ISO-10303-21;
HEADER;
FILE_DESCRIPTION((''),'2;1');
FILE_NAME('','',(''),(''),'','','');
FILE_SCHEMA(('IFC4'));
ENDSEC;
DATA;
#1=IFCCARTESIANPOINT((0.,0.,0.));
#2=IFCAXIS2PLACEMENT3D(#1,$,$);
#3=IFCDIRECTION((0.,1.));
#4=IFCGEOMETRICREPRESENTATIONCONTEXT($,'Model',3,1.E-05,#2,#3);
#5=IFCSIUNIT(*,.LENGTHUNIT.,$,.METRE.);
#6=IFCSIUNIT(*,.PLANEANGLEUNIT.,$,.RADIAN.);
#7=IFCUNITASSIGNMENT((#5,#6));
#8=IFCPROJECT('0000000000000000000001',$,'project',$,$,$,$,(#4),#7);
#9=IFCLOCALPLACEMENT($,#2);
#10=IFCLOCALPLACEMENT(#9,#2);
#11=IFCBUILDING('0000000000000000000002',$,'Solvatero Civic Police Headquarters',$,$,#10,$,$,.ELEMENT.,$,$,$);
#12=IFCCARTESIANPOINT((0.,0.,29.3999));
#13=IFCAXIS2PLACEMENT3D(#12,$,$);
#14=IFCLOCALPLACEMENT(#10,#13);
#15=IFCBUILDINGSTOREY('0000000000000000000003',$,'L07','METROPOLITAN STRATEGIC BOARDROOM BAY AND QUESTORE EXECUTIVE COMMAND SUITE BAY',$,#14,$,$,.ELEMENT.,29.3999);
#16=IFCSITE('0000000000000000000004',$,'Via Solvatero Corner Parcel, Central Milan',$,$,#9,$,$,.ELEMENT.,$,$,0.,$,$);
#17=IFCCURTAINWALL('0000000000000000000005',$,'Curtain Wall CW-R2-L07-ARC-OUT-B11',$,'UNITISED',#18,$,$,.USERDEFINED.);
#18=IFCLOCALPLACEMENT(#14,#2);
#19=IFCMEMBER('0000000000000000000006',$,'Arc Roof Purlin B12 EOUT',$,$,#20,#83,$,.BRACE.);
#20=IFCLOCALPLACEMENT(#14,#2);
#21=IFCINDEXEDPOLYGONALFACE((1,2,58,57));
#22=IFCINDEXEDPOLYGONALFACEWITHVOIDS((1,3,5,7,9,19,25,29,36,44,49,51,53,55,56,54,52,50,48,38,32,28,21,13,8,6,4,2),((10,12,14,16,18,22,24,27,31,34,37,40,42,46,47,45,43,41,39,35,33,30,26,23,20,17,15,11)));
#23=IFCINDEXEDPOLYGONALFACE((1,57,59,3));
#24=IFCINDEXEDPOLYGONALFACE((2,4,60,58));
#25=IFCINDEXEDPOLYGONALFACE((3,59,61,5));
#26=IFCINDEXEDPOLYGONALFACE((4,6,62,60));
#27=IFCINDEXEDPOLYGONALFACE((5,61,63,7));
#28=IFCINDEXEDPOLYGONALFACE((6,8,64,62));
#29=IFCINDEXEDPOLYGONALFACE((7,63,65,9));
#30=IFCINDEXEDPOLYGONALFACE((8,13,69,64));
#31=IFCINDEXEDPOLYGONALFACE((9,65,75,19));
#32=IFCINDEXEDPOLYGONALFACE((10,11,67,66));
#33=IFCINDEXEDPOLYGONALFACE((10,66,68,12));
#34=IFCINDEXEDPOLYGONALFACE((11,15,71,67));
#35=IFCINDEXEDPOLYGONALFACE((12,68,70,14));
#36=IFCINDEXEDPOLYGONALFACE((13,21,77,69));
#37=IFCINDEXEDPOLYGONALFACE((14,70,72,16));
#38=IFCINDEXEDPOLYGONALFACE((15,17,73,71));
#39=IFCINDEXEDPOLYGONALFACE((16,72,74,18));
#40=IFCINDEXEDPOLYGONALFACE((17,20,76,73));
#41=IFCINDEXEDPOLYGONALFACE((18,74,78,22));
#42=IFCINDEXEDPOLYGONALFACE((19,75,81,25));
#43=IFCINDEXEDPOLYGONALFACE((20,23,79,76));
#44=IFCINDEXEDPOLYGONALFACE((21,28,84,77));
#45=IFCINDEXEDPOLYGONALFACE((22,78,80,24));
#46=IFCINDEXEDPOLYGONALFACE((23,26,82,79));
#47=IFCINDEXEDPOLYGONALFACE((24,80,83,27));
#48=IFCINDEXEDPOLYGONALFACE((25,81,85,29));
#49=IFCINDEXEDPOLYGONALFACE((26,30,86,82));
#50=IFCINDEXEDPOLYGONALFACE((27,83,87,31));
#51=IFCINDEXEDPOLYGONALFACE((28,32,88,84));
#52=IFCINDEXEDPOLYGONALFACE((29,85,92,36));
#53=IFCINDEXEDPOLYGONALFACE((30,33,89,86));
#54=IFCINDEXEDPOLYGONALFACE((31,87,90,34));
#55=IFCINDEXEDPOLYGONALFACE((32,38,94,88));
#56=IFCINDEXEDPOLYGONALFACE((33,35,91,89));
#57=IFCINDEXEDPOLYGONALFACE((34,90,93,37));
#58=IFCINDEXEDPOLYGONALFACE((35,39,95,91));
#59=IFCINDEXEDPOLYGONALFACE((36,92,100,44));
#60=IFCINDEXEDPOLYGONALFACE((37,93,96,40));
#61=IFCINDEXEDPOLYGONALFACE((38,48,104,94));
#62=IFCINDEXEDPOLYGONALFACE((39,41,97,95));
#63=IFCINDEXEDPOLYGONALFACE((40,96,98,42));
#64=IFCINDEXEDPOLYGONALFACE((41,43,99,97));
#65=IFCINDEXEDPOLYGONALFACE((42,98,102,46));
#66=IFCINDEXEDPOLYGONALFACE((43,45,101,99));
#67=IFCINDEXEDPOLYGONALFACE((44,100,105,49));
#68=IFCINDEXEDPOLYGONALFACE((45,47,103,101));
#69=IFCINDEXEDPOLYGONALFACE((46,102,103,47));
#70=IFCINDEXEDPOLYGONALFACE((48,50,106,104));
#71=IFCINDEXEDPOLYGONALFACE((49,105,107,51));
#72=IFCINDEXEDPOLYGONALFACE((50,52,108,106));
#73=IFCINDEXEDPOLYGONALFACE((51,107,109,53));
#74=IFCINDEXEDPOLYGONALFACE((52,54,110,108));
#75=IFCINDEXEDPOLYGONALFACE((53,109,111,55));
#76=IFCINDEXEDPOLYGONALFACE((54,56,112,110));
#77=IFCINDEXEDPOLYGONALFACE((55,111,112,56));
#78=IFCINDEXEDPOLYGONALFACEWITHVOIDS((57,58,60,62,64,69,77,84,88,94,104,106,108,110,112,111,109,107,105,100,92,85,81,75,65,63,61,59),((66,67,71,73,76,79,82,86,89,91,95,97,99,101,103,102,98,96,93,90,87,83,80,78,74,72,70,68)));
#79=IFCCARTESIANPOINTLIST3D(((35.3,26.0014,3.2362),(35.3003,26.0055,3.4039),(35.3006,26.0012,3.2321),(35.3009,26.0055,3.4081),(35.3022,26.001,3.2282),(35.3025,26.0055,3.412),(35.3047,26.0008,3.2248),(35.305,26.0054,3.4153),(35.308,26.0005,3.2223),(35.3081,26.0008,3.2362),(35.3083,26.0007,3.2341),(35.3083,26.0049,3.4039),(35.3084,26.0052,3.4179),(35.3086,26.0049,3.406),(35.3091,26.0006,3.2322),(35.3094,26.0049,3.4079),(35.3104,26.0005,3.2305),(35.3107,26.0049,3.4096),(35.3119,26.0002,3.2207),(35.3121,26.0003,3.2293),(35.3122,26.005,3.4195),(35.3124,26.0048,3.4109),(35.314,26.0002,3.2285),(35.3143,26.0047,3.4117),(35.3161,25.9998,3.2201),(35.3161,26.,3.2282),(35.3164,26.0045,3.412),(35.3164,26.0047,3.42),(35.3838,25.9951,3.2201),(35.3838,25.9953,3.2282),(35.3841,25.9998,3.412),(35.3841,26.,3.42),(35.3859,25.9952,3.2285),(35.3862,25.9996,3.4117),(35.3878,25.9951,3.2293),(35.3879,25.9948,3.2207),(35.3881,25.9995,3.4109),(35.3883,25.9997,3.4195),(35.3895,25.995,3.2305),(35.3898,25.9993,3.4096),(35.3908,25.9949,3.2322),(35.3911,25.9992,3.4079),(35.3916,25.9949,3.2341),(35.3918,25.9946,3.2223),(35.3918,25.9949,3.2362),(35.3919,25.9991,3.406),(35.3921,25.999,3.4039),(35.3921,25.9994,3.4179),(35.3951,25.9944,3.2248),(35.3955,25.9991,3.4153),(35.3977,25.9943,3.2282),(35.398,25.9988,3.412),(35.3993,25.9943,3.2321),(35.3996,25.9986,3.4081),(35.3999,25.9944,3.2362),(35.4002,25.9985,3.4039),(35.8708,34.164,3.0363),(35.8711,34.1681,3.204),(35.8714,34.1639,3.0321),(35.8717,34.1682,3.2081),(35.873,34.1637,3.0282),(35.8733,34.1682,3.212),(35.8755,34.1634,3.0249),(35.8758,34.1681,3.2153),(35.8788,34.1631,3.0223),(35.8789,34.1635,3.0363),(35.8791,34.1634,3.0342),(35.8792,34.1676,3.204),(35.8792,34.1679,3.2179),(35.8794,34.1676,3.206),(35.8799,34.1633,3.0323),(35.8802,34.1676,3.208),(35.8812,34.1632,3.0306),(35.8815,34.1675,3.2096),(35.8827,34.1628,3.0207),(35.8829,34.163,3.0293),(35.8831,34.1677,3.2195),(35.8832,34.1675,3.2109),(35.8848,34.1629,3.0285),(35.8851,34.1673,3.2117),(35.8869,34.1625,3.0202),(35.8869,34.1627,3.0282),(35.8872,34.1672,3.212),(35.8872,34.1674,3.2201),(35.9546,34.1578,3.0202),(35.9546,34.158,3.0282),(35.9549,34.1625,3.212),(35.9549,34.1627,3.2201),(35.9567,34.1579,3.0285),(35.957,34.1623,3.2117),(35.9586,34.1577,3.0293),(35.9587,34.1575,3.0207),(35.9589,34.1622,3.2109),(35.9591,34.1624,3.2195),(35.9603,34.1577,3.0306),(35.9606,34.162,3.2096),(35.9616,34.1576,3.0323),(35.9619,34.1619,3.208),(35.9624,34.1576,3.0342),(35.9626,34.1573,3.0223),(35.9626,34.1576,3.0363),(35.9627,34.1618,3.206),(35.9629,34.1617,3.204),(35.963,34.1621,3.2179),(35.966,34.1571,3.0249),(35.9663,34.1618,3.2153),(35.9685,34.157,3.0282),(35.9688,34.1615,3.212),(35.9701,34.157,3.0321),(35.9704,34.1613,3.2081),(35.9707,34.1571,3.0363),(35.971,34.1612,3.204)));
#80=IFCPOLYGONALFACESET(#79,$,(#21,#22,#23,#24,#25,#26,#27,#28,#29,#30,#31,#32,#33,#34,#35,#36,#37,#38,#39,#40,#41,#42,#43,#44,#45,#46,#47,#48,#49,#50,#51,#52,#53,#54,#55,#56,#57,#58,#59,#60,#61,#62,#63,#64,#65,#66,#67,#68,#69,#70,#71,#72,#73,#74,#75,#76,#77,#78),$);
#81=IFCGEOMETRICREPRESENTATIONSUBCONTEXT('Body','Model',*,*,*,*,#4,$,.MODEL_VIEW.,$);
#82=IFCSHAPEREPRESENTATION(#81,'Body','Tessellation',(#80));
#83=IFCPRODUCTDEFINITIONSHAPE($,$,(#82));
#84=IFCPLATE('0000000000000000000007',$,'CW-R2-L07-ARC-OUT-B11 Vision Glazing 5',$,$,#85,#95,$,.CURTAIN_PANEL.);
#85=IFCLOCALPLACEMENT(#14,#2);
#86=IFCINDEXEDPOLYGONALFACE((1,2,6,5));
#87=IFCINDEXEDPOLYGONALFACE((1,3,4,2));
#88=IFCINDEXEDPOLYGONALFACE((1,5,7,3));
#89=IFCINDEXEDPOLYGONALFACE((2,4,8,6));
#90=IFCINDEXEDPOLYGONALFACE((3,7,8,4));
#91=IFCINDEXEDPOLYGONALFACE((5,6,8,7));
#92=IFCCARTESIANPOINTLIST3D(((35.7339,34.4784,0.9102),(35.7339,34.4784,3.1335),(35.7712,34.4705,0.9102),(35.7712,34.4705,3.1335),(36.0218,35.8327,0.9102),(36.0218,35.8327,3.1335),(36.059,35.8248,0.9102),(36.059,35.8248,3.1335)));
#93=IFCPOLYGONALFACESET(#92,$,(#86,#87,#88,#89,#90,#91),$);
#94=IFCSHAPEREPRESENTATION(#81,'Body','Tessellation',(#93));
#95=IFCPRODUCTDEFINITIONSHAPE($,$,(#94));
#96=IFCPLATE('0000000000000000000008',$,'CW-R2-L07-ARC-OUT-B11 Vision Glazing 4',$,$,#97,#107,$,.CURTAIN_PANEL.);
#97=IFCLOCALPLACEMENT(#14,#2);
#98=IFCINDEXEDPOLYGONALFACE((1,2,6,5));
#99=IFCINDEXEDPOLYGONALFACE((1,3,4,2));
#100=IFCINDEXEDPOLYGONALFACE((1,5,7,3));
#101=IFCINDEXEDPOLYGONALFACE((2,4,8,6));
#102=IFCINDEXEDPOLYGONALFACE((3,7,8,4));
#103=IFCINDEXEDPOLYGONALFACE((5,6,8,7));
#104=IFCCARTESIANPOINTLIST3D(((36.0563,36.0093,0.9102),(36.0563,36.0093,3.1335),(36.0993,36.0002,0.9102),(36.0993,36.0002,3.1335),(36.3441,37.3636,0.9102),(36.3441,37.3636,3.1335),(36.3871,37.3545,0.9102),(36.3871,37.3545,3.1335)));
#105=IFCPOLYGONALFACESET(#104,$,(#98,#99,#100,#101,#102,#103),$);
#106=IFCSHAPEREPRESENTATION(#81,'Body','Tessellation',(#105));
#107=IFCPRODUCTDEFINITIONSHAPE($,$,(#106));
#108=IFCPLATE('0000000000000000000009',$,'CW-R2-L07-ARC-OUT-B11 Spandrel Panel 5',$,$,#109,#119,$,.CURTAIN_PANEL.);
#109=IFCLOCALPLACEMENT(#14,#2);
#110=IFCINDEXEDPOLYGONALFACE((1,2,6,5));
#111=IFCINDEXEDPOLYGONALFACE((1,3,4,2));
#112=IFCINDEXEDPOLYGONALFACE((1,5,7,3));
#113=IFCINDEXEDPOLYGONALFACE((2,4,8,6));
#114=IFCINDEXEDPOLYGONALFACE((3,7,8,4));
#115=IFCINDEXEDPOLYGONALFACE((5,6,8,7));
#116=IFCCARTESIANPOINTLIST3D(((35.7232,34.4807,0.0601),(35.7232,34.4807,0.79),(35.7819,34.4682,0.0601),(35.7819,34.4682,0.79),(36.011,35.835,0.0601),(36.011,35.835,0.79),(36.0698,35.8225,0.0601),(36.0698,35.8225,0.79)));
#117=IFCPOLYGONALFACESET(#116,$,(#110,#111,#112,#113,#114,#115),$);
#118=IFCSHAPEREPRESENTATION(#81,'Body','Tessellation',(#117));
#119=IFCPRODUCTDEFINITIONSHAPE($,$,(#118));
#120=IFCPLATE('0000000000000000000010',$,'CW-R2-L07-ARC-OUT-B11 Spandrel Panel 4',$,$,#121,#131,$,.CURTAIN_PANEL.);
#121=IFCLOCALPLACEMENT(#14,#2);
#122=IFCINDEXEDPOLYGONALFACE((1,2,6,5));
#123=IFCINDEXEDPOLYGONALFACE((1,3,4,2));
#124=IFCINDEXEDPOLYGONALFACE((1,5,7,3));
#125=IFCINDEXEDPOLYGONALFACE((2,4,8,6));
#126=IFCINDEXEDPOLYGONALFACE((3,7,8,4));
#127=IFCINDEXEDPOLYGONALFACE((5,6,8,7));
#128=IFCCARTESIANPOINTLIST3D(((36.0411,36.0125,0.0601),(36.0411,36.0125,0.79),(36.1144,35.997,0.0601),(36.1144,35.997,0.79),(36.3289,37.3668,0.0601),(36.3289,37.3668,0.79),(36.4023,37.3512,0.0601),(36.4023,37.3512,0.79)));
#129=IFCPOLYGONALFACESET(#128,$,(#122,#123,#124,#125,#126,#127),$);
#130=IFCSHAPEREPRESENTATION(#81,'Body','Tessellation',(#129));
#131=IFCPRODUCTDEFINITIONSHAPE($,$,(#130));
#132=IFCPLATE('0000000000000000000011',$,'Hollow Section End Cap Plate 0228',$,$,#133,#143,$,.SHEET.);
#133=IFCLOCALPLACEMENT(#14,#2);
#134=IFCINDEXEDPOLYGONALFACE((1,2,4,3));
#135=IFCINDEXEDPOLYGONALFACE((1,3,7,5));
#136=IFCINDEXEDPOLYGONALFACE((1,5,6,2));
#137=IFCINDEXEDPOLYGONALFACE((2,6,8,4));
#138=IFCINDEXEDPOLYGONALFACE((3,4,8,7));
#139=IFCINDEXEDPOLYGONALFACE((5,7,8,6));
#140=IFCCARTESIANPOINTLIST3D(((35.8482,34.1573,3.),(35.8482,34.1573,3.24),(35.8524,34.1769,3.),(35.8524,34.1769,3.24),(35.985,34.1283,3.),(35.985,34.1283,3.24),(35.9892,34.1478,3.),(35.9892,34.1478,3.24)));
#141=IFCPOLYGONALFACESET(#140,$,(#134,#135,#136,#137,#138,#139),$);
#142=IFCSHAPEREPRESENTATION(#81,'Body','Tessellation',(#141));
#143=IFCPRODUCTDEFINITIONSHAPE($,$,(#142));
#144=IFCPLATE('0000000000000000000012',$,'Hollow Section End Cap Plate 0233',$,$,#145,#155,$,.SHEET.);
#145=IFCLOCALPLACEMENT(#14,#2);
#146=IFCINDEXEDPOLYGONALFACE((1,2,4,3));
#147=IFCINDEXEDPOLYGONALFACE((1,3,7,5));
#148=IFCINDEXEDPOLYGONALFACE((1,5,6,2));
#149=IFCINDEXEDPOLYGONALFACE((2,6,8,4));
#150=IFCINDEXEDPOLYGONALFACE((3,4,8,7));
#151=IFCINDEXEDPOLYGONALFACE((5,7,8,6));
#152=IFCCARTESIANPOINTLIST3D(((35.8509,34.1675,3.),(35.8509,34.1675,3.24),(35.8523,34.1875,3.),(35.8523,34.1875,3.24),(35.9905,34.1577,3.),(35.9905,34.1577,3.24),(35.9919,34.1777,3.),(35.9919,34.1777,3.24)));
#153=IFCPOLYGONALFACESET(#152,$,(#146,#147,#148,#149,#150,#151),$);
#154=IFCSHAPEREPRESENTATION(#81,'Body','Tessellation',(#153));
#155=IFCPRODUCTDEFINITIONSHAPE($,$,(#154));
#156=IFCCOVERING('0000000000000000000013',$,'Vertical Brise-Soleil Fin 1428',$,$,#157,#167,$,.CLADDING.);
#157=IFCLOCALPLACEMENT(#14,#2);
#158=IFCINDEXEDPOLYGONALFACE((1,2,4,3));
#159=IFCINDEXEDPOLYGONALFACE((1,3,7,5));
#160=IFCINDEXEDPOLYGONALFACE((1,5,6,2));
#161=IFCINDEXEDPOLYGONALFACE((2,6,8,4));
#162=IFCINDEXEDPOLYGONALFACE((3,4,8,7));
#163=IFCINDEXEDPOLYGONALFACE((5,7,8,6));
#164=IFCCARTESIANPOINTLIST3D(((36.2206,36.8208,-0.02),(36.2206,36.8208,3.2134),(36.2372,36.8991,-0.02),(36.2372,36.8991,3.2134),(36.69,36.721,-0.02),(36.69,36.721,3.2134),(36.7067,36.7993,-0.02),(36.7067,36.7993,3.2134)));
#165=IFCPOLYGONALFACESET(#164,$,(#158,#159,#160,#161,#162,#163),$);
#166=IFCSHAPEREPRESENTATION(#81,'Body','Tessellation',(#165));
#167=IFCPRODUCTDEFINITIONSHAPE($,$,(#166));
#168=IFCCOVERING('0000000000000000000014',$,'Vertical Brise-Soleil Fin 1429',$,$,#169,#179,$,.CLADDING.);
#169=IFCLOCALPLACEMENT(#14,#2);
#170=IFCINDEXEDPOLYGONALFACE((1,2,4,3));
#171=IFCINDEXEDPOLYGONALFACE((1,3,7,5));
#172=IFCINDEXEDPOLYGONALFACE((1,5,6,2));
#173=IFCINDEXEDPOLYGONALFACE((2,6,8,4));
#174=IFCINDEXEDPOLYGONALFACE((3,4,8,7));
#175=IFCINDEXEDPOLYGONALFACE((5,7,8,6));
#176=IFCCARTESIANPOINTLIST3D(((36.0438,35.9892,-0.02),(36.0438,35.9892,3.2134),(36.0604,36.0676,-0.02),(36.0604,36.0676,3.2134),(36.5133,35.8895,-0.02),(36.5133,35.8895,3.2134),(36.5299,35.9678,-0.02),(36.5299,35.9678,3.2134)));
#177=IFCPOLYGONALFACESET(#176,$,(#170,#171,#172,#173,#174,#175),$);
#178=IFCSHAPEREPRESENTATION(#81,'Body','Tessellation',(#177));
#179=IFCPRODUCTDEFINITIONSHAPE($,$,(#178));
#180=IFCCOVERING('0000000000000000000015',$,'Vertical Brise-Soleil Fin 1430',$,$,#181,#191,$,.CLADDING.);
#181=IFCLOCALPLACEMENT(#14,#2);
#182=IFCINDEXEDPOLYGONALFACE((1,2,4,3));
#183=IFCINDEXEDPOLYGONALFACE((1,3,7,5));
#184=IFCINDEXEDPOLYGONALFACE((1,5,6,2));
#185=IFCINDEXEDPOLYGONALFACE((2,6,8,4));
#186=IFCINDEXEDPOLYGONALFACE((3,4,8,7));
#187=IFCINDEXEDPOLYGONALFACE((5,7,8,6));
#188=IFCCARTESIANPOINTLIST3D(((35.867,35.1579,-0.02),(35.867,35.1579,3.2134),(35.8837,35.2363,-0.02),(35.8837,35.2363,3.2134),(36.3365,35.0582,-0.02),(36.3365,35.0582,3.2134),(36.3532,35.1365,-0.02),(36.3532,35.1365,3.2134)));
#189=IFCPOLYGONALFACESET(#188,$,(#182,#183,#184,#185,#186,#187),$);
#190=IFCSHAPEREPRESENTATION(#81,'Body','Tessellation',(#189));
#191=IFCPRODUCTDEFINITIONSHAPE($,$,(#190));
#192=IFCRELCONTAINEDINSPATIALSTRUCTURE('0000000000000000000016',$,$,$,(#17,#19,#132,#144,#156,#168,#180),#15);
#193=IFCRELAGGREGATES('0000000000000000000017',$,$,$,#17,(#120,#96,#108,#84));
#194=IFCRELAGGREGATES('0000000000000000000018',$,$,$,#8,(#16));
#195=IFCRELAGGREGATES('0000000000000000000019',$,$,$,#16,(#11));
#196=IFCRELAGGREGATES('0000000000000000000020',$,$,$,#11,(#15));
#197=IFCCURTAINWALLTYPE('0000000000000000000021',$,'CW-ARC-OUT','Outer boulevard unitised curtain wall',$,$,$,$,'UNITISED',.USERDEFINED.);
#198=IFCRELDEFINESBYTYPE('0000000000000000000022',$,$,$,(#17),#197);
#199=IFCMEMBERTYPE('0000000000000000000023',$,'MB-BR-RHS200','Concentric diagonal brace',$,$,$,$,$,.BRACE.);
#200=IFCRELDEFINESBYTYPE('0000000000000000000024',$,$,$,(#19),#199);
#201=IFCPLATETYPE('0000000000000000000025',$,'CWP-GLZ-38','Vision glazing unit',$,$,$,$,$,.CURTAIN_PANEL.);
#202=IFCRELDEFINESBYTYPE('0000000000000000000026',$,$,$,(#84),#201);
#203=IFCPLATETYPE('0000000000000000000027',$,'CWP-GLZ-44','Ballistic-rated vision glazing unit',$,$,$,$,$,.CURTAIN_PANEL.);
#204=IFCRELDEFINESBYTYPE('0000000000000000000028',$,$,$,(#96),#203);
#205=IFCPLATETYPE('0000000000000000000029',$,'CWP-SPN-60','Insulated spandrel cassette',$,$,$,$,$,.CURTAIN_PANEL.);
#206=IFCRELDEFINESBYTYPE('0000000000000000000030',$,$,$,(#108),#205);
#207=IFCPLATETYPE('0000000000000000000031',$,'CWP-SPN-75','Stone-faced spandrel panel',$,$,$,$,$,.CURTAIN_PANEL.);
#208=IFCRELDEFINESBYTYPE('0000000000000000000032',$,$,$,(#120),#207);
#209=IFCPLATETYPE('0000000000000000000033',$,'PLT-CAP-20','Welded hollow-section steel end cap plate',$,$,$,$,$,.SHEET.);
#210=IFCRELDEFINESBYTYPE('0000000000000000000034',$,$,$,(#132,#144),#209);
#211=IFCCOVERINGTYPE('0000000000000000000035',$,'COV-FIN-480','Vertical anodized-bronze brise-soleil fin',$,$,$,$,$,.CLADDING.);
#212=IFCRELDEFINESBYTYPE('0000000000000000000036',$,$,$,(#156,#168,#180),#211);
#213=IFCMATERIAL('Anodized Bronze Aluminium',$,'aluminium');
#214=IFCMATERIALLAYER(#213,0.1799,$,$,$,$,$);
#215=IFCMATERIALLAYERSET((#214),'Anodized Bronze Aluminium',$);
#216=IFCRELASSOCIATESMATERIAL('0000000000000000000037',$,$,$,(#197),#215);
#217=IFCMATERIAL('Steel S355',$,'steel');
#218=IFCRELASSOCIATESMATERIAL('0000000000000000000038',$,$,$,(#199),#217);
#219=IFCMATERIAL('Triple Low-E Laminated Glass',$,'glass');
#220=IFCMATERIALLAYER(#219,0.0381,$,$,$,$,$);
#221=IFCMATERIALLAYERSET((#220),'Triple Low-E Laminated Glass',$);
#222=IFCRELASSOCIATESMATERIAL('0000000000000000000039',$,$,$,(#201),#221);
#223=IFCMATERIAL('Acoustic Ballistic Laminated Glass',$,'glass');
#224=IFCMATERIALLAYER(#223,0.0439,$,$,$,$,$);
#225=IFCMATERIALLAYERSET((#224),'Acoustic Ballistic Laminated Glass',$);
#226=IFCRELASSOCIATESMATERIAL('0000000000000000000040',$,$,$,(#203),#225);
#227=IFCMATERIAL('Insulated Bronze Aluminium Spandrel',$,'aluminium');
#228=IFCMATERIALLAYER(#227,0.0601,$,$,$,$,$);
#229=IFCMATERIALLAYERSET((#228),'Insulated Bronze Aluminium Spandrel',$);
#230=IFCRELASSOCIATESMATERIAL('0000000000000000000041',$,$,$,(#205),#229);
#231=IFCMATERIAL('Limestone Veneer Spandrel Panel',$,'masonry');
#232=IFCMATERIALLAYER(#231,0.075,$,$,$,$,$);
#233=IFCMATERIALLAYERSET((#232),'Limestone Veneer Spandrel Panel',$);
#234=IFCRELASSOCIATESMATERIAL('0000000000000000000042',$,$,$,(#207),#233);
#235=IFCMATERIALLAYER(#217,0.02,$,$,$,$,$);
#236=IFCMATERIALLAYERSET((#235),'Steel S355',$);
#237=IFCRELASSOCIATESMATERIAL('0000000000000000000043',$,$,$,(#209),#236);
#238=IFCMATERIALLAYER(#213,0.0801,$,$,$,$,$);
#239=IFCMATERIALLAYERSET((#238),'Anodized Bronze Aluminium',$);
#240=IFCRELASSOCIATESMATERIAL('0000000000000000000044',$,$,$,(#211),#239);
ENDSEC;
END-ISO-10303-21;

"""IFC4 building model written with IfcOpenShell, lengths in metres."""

from ifc_helpers import new_model, si_unit, direction, frame, origin, origin_2d, place, context, subcontext, project, spatial, rectangle, hollow_rectangle, extrude, material, layer, layer_set, material_profile, profile_set, type_object, element, aggregate, save


model = new_model("IFC4")

# Units and contexts
model_context = context("Model", 3, precision=1e-05, world=origin(), true_north=direction((0.0, 1.0)))
body_context = subcontext(model_context, "Body", "Model", "MODEL_VIEW")
ifc_project = project(units=[si_unit("LENGTHUNIT", "METRE"), si_unit("PLANEANGLEUNIT", "RADIAN")], contexts=[model_context])

# Site, building, storey
site_placement = place(None, origin())
site = spatial("IfcSite", under=ifc_project, at=site_placement, Name="Via Solvatero Corner Parcel, Central Milan", CompositionType="ELEMENT", RefElevation=0.0)
building_placement = place(site_placement, origin())
building = spatial("IfcBuilding", under=site, at=building_placement, Name="Solvatero Civic Police Headquarters", CompositionType="ELEMENT")
storey_placement = place(building_placement, frame((0.0, 0.0, 29.3999)))
storey = spatial("IfcBuildingStorey", under=building, at=storey_placement, Name="L07", Description="METROPOLITAN STRATEGIC BOARDROOM BAY AND QUESTORE EXECUTIVE COMMAND SUITE BAY", CompositionType="ELEMENT", Elevation=29.3999)

# Shared definitions
ifc_material_1 = material(Name="Steel S355", Category="steel")

# Shared definitions
ifc_material_2 = material(Name="Anodized Bronze Aluminium", Category="aluminium")
ifc_layer_1 = layer(ifc_material_2, 0.1799)
ifc_layer_set_1 = layer_set([ifc_layer_1], Name="Anodized Bronze Aluminium")
curtain_wall_type = type_object("IfcCurtainWallType", Name="CW-ARC-OUT", Description="Outer boulevard unitised curtain wall", ElementType="UNITISED", PredefinedType="USERDEFINED", material=ifc_layer_set_1)

# Curtain wall
curtain_wall_1_placement = place(storey_placement, origin())
curtain_wall_1 = element("IfcCurtainWall", 1, at=curtain_wall_1_placement, inside=storey, type_object=curtain_wall_type, Name="Curtain Wall CW-R2-L07-ARC-OUT-B11", ObjectType="UNITISED", PredefinedType="USERDEFINED")

# Member
ifc_material_profile_1 = material_profile(ifc_material_1, hollow_rectangle(XDim=0.1001, YDim=0.2, WallThickness=0.0081, InnerFilletRadius=0.0081, OuterFilletRadius=0.0161, at=origin_2d()), Name="RHS 200x100x8.0")
ifc_profile_set_1 = profile_set([ifc_material_profile_1], Name="Steel S355")
member_type_1 = type_object("IfcMemberType", Name="MB-BR-RHS200", Description="Concentric diagonal brace", PredefinedType="BRACE", material=ifc_profile_set_1)
member_1_placement = place(storey_placement, frame((35.9209, 34.1626, 3.1201), z_axis=(-0.069738, -0.997266, 0.024429), x_axis=(0.997564, -0.069758, 0.0)))
element("IfcMember", 2, at=member_1_placement, inside=storey, type_object=member_type_1, Name="Arc Roof Purlin B12 EOUT", PredefinedType="BRACE", context=body_context, shape_type="SweptSolid", body=[
    extrude(hollow_rectangle(XDim=0.1001, YDim=0.2, WallThickness=0.0081, InnerFilletRadius=0.0081, OuterFilletRadius=0.0161, at=origin_2d()), origin(), (0.0, 0.0, 1.0), 8.1851),
])

# Plates
ifc_material_3 = material(Name="Triple Low-E Laminated Glass", Category="glass")
ifc_layer_2 = layer(ifc_material_3, 0.0381)
ifc_layer_set_2 = layer_set([ifc_layer_2], Name="Triple Low-E Laminated Glass")
plate_type_1 = type_object("IfcPlateType", Name="CWP-GLZ-38", Description="Vision glazing unit", PredefinedType="CURTAIN_PANEL", material=ifc_layer_set_2)
plate_1_placement = place(storey_placement, frame((35.8965, 35.1516, 0.9102), z_axis=(0.0, 0.0, 1.0), x_axis=(-0.207895, -0.978151, 0.0)))
plate_1 = element("IfcPlate", 3, at=plate_1_placement, type_object=plate_type_1, Name="CW-R2-L07-ARC-OUT-B11 Vision Glazing 5", PredefinedType="CURTAIN_PANEL", context=body_context, shape_type="SweptSolid", body=[
    extrude(rectangle(XDim=1.3845, YDim=0.0381, at=origin_2d()), origin(), (0.0, 0.0, 1.0), 2.2234),
])
ifc_material_4 = material(Name="Acoustic Ballistic Laminated Glass", Category="glass")
ifc_layer_3 = layer(ifc_material_4, 0.0439)
ifc_layer_set_3 = layer_set([ifc_layer_3], Name="Acoustic Ballistic Laminated Glass")
plate_type_2 = type_object("IfcPlateType", Name="CWP-GLZ-44", Description="Ballistic-rated vision glazing unit", PredefinedType="CURTAIN_PANEL", material=ifc_layer_set_3)
plate_2_placement = place(storey_placement, frame((36.2217, 36.6819, 0.9102), z_axis=(0.0, 0.0, 1.0), x_axis=(-0.207895, -0.978151, 0.0)))
plate_2 = element("IfcPlate", 4, at=plate_2_placement, type_object=plate_type_2, Name="CW-R2-L07-ARC-OUT-B11 Vision Glazing 4", PredefinedType="CURTAIN_PANEL", context=body_context, shape_type="SweptSolid", body=[
    extrude(rectangle(XDim=1.3845, YDim=0.0439, at=origin_2d()), origin(), (0.0, 0.0, 1.0), 2.2234),
])
ifc_material_5 = material(Name="Insulated Bronze Aluminium Spandrel", Category="aluminium")
ifc_layer_4 = layer(ifc_material_5, 0.0601)
ifc_layer_set_4 = layer_set([ifc_layer_4], Name="Insulated Bronze Aluminium Spandrel")
plate_type_3 = type_object("IfcPlateType", Name="CWP-SPN-60", Description="Insulated spandrel cassette", PredefinedType="CURTAIN_PANEL", material=ifc_layer_set_4)
plate_3_placement = place(storey_placement, frame((35.8965, 35.1516, 0.0601), z_axis=(0.0, 0.0, 1.0), x_axis=(-0.207895, -0.978151, 0.0)))
plate_3 = element("IfcPlate", 5, at=plate_3_placement, type_object=plate_type_3, Name="CW-R2-L07-ARC-OUT-B11 Spandrel Panel 5", PredefinedType="CURTAIN_PANEL", context=body_context, shape_type="SweptSolid", body=[
    extrude(rectangle(XDim=1.3845, YDim=0.0601, at=origin_2d()), origin(), (0.0, 0.0, 1.0), 0.73),
])
ifc_material_6 = material(Name="Limestone Veneer Spandrel Panel", Category="masonry")
ifc_layer_5 = layer(ifc_material_6, 0.075)
ifc_layer_set_5 = layer_set([ifc_layer_5], Name="Limestone Veneer Spandrel Panel")
plate_type_4 = type_object("IfcPlateType", Name="CWP-SPN-75", Description="Stone-faced spandrel panel", PredefinedType="CURTAIN_PANEL", material=ifc_layer_set_5)
plate_4_placement = place(storey_placement, frame((36.2217, 36.6819, 0.0601), z_axis=(0.0, 0.0, 1.0), x_axis=(-0.207895, -0.978151, 0.0)))
plate_4 = element("IfcPlate", 6, at=plate_4_placement, type_object=plate_type_4, Name="CW-R2-L07-ARC-OUT-B11 Spandrel Panel 4", PredefinedType="CURTAIN_PANEL", context=body_context, shape_type="SweptSolid", body=[
    extrude(rectangle(XDim=1.3845, YDim=0.075, at=origin_2d()), origin(), (0.0, 0.0, 1.0), 0.73),
])
aggregate(curtain_wall_1, [plate_4, plate_2, plate_3, plate_1])

# Plates
ifc_layer_6 = layer(ifc_material_1, 0.02)
ifc_layer_set_6 = layer_set([ifc_layer_6], Name="Steel S355")
plate_type_5 = type_object("IfcPlateType", Name="PLT-CAP-20", Description="Welded hollow-section steel end cap plate", PredefinedType="SHEET", material=ifc_layer_set_6)
for number, where, z_axis, x_axis, name in (
    (7, (35.9187, 34.1526, 3.0), (0.0, 0.0, 1.0), (-0.207912, -0.978148, 0.0), "Hollow Section End Cap Plate 0228"),
    (8, (35.9214, 34.1726, 3.0), (0.0, 0.0, 1.0), (-0.069756, -0.997564, 0.0), "Hollow Section End Cap Plate 0233"),
):
    element("IfcPlate", number, at=place(storey_placement, frame(where, z_axis=z_axis, x_axis=x_axis)), inside=storey, type_object=plate_type_5, Name=name, PredefinedType="SHEET", context=body_context, shape_type="SweptSolid", body=[
        extrude(rectangle(XDim=0.02, YDim=0.1399, at=origin_2d()), origin(), (0.0, 0.0, 1.0), 0.24),
    ])

# Coverings
ifc_layer_7 = layer(ifc_material_2, 0.0801)
ifc_layer_set_7 = layer_set([ifc_layer_7], Name="Anodized Bronze Aluminium")
covering_type = type_object("IfcCoveringType", Name="COV-FIN-480", Description="Vertical anodized-bronze brise-soleil fin", PredefinedType="CLADDING", material=ifc_layer_set_7)
for number, where, z_axis, x_axis, name in (
    (9, (36.4636, 36.8101, -0.02), (0.0, 0.0, 1.0), (-0.207895, -0.978151, 0.0), "Vertical Brise-Soleil Fin 1428"),
    (10, (36.2869, 35.9785, -0.02), (0.0, 0.0, 1.0), (-0.207895, -0.978151, 0.0), "Vertical Brise-Soleil Fin 1429"),
    (11, (36.1101, 35.1472, -0.02), (0.0, 0.0, 1.0), (-0.207895, -0.978151, 0.0), "Vertical Brise-Soleil Fin 1430"),
):
    element("IfcCovering", number, at=place(storey_placement, frame(where, z_axis=z_axis, x_axis=x_axis)), inside=storey, type_object=covering_type, Name=name, PredefinedType="CLADDING", context=body_context, shape_type="SweptSolid", body=[
        extrude(rectangle(XDim=0.0801, YDim=0.48, at=origin_2d()), origin(), (0.0, 0.0, 1.0), 3.2334),
    ])

save(model, "model.ifc")
